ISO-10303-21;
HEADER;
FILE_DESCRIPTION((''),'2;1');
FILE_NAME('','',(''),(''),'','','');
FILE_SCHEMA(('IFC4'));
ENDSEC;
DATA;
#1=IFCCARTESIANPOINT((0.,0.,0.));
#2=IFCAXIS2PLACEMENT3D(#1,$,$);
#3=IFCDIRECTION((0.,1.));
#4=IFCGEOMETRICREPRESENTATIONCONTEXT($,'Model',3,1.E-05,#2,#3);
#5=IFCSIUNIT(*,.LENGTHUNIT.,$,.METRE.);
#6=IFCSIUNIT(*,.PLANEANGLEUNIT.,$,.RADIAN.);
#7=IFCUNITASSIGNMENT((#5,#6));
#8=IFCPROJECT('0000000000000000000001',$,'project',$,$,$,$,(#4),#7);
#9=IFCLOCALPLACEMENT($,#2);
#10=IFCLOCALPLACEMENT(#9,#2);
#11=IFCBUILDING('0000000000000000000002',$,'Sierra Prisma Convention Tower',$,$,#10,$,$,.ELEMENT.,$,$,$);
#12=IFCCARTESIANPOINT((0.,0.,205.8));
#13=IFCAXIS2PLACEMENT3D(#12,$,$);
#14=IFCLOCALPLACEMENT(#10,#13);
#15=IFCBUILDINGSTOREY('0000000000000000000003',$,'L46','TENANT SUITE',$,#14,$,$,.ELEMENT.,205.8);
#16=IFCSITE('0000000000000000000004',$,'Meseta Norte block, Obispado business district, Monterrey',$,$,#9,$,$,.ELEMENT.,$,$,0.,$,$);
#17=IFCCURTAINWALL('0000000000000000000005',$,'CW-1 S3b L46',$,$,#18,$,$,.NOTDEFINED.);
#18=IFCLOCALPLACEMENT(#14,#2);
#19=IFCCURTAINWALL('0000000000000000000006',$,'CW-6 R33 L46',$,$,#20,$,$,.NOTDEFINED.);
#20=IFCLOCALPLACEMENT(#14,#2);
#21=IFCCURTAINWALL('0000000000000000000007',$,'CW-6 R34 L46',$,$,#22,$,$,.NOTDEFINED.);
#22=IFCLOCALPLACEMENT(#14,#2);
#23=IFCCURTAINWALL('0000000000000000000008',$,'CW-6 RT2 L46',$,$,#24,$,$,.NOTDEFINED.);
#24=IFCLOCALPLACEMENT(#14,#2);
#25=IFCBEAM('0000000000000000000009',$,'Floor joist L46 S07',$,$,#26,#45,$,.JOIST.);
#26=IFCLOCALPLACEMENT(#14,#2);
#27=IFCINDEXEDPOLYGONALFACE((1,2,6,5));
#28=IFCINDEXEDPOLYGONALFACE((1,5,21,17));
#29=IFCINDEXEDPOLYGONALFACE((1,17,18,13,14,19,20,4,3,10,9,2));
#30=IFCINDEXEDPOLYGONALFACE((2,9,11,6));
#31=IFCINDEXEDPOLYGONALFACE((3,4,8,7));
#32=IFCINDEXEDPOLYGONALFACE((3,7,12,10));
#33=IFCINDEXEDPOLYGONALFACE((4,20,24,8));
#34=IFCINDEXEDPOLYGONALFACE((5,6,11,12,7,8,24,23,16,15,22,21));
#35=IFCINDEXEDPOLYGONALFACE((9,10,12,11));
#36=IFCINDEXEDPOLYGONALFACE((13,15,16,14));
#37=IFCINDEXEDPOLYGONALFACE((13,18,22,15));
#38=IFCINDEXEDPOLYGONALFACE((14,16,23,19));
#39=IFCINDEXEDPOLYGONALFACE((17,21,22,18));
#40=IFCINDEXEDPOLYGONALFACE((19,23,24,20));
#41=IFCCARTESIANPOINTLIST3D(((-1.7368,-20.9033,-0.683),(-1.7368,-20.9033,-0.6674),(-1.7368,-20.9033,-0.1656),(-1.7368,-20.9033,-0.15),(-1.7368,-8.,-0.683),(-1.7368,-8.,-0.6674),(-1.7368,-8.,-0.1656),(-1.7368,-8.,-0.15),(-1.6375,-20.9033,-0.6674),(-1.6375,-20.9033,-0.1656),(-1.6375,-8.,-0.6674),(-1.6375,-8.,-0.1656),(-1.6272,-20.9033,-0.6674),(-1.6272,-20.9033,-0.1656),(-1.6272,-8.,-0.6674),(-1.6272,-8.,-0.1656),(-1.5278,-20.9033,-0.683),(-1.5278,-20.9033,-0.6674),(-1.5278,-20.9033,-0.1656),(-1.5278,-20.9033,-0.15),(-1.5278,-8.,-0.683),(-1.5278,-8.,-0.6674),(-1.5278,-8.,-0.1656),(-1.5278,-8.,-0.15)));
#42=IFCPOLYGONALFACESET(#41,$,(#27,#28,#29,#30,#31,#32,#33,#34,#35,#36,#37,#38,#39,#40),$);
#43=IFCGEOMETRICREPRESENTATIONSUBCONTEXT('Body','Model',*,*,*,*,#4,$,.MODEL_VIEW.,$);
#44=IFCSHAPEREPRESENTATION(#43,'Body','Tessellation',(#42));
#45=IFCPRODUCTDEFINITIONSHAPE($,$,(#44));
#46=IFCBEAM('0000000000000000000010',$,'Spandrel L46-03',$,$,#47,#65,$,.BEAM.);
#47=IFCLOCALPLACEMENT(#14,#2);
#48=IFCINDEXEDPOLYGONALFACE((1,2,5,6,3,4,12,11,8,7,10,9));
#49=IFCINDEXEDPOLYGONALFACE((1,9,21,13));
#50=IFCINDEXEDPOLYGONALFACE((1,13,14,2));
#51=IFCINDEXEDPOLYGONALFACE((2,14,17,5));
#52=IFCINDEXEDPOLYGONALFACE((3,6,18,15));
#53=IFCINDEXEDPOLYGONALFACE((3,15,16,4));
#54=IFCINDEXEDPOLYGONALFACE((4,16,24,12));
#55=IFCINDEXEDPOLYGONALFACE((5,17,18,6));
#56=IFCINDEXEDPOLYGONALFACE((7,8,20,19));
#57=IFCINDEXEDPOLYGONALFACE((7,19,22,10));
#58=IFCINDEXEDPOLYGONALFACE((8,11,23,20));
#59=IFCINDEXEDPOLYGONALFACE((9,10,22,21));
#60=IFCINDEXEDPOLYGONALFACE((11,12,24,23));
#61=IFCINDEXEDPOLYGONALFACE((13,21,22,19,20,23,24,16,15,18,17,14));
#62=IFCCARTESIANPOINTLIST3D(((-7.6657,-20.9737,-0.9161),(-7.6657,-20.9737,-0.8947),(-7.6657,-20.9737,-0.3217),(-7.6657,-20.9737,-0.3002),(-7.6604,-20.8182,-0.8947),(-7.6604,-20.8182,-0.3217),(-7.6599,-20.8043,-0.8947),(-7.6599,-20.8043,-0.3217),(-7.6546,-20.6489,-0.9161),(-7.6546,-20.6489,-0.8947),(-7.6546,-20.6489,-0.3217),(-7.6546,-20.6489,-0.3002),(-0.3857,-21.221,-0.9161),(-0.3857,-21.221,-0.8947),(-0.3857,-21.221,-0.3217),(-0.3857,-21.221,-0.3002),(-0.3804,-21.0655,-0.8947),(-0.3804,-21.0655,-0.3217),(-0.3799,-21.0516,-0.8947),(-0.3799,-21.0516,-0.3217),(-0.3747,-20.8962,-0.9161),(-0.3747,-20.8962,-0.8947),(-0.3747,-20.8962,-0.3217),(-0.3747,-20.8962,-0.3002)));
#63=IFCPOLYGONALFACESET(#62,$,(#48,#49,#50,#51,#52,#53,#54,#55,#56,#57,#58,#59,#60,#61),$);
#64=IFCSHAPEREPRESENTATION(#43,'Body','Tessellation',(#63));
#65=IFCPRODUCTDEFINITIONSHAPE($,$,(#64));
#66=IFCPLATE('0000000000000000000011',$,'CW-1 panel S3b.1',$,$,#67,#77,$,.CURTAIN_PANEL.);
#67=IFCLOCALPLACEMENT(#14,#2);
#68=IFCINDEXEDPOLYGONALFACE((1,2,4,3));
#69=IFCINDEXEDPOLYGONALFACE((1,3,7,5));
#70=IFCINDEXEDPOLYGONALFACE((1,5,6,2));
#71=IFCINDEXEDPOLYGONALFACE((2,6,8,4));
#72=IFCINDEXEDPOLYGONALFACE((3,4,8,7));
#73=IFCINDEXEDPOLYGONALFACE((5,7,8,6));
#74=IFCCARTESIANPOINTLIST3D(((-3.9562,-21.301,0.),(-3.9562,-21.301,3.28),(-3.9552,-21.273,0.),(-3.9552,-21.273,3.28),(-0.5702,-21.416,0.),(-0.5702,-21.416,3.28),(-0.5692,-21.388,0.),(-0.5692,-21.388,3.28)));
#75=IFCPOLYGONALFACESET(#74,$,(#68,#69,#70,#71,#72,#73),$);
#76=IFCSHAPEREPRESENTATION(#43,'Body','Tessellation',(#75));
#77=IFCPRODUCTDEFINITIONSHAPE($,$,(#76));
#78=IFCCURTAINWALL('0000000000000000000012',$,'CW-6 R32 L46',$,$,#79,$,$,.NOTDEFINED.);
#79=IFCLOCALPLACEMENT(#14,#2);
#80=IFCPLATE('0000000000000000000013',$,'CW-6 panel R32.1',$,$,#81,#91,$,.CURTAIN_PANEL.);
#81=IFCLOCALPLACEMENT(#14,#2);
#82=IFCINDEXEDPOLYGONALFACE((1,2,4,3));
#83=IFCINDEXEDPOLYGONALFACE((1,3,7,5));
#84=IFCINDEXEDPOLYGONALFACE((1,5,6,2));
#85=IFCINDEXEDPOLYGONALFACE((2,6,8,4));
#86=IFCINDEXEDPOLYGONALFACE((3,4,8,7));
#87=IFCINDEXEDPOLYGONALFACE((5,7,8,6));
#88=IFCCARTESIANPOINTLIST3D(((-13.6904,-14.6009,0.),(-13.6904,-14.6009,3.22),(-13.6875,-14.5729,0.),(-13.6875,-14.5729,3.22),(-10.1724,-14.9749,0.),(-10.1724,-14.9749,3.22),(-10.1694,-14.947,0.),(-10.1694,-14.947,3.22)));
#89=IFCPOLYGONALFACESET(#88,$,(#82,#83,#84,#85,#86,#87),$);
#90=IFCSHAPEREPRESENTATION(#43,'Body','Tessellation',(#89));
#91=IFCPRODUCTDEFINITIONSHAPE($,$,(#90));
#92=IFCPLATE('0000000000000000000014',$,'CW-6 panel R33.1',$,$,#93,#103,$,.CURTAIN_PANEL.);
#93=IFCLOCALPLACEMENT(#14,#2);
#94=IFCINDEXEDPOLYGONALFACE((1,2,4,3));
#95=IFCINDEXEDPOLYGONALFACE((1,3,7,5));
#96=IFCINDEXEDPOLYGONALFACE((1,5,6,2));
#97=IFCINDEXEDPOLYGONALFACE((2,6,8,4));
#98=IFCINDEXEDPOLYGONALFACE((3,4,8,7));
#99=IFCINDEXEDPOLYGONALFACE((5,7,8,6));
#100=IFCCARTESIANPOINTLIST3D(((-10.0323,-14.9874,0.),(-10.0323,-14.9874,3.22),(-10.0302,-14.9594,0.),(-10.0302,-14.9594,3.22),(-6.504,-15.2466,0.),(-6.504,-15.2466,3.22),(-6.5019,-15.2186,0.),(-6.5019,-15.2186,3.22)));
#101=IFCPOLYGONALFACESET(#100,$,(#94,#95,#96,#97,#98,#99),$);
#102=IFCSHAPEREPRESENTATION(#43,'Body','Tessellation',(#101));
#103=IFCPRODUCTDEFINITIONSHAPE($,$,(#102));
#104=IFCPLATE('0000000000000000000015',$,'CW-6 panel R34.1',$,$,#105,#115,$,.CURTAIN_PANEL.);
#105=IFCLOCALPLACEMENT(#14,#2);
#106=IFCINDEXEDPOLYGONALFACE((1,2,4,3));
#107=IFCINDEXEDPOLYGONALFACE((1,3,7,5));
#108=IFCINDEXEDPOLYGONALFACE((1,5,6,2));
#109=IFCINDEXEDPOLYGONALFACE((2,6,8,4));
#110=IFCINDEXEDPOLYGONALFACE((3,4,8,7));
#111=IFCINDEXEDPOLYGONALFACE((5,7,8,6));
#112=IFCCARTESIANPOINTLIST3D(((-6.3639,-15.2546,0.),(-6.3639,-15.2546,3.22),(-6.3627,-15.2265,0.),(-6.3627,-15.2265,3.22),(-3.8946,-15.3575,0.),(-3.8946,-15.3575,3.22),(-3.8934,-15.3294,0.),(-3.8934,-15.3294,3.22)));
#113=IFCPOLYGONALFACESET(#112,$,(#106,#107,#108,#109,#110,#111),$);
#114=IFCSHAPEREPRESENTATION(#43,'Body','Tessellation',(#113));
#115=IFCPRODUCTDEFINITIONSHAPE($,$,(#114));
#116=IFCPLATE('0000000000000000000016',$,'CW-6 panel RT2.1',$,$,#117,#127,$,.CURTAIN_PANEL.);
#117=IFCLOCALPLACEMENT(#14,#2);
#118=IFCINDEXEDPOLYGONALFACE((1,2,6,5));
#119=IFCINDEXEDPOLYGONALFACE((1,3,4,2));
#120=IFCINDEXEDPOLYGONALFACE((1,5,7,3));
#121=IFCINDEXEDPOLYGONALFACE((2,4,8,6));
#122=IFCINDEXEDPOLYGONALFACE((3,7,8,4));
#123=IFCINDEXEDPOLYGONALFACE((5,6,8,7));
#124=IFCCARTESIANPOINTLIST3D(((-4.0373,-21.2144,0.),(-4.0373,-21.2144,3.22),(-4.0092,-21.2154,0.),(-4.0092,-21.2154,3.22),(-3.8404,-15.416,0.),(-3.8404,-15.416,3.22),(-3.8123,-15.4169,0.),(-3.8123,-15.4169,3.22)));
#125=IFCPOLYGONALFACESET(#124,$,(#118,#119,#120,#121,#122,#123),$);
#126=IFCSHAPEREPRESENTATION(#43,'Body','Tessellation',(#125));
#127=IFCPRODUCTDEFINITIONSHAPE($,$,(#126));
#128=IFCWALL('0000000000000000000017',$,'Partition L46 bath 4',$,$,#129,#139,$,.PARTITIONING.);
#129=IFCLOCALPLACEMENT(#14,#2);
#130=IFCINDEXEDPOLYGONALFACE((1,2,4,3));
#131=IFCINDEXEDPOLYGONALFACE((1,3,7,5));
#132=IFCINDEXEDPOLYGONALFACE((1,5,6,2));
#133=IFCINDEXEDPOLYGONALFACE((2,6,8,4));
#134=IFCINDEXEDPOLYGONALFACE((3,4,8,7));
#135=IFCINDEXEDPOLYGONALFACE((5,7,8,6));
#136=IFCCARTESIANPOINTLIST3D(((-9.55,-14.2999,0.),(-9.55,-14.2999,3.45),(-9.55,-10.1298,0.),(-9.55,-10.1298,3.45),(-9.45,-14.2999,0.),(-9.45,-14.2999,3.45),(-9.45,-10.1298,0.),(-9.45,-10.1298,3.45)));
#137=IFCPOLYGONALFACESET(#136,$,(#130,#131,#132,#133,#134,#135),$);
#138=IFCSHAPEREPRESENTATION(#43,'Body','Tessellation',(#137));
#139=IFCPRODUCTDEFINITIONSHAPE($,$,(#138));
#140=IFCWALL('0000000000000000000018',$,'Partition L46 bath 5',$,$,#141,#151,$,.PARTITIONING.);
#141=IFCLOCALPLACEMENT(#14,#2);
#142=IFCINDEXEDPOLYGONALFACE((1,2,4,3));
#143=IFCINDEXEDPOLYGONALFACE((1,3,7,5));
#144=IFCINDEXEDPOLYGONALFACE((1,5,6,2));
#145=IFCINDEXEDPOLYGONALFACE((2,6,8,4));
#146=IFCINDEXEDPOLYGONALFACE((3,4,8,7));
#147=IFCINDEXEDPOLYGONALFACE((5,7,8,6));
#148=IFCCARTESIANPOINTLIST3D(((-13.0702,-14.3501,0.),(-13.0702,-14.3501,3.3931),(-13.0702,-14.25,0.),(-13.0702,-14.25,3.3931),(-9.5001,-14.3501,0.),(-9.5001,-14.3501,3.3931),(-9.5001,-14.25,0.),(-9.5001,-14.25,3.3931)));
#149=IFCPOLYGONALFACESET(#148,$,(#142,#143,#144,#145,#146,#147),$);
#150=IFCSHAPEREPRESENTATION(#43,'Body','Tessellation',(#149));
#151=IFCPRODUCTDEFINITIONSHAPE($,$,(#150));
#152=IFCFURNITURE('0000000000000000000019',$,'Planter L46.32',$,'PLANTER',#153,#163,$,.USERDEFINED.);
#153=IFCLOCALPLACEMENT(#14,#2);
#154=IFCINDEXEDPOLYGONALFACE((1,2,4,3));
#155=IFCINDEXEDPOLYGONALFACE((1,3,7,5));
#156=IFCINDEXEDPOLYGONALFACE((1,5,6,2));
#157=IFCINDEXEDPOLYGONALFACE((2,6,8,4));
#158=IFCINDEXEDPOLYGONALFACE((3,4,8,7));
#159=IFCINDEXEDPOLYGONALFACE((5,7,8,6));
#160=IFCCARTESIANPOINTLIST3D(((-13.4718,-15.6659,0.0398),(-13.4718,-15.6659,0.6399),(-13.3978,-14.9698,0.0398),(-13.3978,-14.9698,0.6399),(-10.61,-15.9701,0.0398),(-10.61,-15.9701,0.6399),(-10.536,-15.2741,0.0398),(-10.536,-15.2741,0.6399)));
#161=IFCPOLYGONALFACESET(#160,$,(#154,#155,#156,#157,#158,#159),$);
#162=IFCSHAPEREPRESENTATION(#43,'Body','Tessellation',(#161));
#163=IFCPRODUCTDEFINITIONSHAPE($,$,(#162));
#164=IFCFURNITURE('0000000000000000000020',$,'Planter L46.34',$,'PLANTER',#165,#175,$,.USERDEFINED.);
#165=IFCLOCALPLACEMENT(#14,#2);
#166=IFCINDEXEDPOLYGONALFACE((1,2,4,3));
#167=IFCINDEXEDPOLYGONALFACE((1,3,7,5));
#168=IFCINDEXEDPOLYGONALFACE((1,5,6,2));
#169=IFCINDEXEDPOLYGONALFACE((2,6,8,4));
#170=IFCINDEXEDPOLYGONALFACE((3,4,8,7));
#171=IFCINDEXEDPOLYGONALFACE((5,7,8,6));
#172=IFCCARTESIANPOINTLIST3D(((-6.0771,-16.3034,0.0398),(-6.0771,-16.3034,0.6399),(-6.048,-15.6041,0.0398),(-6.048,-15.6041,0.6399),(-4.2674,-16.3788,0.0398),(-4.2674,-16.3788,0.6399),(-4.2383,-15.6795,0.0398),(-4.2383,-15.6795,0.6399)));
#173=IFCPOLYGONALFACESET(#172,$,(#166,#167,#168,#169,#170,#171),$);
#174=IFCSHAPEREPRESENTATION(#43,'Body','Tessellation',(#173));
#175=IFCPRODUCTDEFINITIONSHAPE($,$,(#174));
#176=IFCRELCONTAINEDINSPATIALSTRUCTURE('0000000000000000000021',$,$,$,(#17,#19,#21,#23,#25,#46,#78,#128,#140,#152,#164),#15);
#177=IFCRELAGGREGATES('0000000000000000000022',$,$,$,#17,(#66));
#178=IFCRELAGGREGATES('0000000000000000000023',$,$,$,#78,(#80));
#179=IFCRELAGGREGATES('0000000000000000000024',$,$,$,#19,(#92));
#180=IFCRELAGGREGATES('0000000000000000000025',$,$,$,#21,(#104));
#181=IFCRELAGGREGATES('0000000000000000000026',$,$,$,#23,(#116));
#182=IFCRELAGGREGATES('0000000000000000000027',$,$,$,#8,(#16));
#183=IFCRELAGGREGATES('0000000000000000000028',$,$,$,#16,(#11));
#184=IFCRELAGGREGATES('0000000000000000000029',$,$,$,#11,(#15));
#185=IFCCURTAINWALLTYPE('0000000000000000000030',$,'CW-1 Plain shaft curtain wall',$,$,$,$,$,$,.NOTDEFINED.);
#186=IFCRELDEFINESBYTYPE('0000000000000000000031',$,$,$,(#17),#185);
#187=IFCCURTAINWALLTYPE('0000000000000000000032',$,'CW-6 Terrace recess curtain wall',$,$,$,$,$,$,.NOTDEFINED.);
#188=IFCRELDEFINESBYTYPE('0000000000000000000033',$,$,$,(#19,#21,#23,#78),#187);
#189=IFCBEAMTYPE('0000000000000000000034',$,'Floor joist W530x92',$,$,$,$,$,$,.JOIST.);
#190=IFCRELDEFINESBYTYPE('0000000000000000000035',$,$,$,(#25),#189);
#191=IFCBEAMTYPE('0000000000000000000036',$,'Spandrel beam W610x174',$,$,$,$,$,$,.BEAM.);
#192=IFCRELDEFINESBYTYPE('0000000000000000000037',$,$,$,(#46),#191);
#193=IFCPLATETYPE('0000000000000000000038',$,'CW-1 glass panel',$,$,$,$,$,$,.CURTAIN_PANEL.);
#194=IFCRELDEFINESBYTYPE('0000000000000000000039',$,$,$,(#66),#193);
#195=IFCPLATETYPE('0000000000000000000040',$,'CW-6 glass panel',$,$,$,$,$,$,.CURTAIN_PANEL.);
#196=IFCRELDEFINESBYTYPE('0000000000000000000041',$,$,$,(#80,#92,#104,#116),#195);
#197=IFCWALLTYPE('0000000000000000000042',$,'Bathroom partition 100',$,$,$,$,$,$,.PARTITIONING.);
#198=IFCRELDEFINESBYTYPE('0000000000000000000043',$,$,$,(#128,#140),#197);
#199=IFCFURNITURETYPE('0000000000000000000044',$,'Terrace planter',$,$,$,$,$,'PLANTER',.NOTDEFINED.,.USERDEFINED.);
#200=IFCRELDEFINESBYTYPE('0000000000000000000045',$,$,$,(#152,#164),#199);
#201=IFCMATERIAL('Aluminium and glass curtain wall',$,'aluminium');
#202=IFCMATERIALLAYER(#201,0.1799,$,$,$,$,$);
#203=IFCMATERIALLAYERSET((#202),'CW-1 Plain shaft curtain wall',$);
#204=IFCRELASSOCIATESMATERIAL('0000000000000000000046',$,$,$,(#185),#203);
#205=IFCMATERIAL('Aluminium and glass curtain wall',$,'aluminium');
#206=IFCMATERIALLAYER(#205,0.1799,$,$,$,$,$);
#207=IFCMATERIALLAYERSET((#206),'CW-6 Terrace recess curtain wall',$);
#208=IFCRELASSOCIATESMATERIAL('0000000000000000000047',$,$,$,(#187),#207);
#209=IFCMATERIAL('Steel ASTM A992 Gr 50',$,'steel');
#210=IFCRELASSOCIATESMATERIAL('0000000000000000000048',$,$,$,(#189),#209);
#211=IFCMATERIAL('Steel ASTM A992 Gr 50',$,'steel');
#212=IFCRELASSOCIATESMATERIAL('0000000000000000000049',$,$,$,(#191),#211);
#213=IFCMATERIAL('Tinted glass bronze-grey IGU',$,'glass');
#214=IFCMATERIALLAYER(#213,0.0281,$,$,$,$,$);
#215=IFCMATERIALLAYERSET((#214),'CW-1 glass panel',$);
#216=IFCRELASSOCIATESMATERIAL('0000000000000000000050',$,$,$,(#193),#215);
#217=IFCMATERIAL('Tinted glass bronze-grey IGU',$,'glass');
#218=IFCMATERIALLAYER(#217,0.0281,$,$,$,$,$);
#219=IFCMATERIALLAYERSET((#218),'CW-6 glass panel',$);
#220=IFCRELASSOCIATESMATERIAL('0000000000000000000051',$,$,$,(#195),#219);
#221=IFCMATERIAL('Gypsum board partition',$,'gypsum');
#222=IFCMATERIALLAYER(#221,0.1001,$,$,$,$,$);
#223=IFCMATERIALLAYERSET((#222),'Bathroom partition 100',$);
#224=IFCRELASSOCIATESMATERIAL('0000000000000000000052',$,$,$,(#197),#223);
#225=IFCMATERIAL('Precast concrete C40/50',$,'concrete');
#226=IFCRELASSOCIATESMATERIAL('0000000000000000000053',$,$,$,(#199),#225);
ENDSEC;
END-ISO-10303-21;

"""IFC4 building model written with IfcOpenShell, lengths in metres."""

from ifc_helpers import new_model, si_unit, direction, frame, frame_2d, origin, origin_2d, place, context, subcontext, project, spatial, rectangle, i_section, extrude, material, layer, layer_set, material_profile, profile_set, type_object, element, aggregate, save


model = new_model("IFC4")

# Units and contexts
model_context = context("Model", 3, precision=1e-05, world=origin(), true_north=direction((0.0, 1.0)))
body_context = subcontext(model_context, "Body", "Model", "MODEL_VIEW")
ifc_project = project(units=[si_unit("LENGTHUNIT", "METRE"), si_unit("PLANEANGLEUNIT", "RADIAN")], contexts=[model_context])

# Site, building, storey
site_placement = place(None, origin())
site = spatial("IfcSite", under=ifc_project, at=site_placement, Name="Meseta Norte block, Obispado business district, Monterrey", CompositionType="ELEMENT", RefElevation=0.0)
building_placement = place(site_placement, origin())
building = spatial("IfcBuilding", under=site, at=building_placement, Name="Sierra Prisma Convention Tower", CompositionType="ELEMENT")
storey_placement = place(building_placement, frame((0.0, 0.0, 205.8)))
storey = spatial("IfcBuildingStorey", under=building, at=storey_placement, Name="L46", Description="TENANT SUITE", CompositionType="ELEMENT", Elevation=205.8)

# Curtain walls
ifc_material_1 = material(Name="Aluminium and glass curtain wall", Category="aluminium")
ifc_layer_1 = layer(ifc_material_1, 0.1799)
ifc_layer_set_1 = layer_set([ifc_layer_1], Name="CW-1 Plain shaft curtain wall")
curtain_wall_type_1 = type_object("IfcCurtainWallType", Name="CW-1 Plain shaft curtain wall", PredefinedType="NOTDEFINED", material=ifc_layer_set_1)
curtain_wall_1_placement = place(storey_placement, origin())
curtain_wall_1 = element("IfcCurtainWall", 1, at=curtain_wall_1_placement, inside=storey, type_object=curtain_wall_type_1, Name="CW-1 S3b L46", PredefinedType="NOTDEFINED")
ifc_material_2 = material(Name="Aluminium and glass curtain wall", Category="aluminium")
ifc_layer_2 = layer(ifc_material_2, 0.1799)
ifc_layer_set_2 = layer_set([ifc_layer_2], Name="CW-6 Terrace recess curtain wall")
curtain_wall_type_2 = type_object("IfcCurtainWallType", Name="CW-6 Terrace recess curtain wall", PredefinedType="NOTDEFINED", material=ifc_layer_set_2)
curtain_wall_2_placement = place(storey_placement, origin())
curtain_wall_2 = element("IfcCurtainWall", 2, at=curtain_wall_2_placement, inside=storey, type_object=curtain_wall_type_2, Name="CW-6 R33 L46", PredefinedType="NOTDEFINED")

# Curtain wall
curtain_wall_3_placement = place(storey_placement, origin())
curtain_wall_3 = element("IfcCurtainWall", 3, at=curtain_wall_3_placement, inside=storey, type_object=curtain_wall_type_2, Name="CW-6 R34 L46", PredefinedType="NOTDEFINED")

# Curtain wall
curtain_wall_4_placement = place(storey_placement, origin())
curtain_wall_4 = element("IfcCurtainWall", 4, at=curtain_wall_4_placement, inside=storey, type_object=curtain_wall_type_2, Name="CW-6 RT2 L46", PredefinedType="NOTDEFINED")

# Beams
ifc_material_3 = material(Name="Steel ASTM A992 Gr 50", Category="steel")
ifc_material_profile_1 = material_profile(ifc_material_3, i_section(OverallWidth=0.209, OverallDepth=0.533, WebThickness=0.0103, FlangeThickness=0.0156, at=origin_2d()), Name="W530x92")
ifc_profile_set_1 = profile_set([ifc_material_profile_1], Name="Steel ASTM A992 Gr 50")
beam_type_1 = type_object("IfcBeamType", Name="Floor joist W530x92", PredefinedType="JOIST", material=ifc_profile_set_1)
beam_1_placement = place(storey_placement, frame((-1.6323, -20.9033, -0.4165), z_axis=(0.0, 1.0, 0.0), x_axis=(-1.0, 0.0, 0.0)))
element("IfcBeam", 5, at=beam_1_placement, inside=storey, type_object=beam_type_1, Name="Floor joist L46 S07", PredefinedType="JOIST", context=body_context, shape_type="SweptSolid", body=[
    extrude(i_section(OverallWidth=0.209, OverallDepth=0.533, WebThickness=0.0103, FlangeThickness=0.0156, at=origin_2d()), origin(), (0.0, 0.0, 1.0), 12.9033),
])
ifc_material_4 = material(Name="Steel ASTM A992 Gr 50", Category="steel")
ifc_material_profile_2 = material_profile(ifc_material_4, i_section(OverallWidth=0.325, OverallDepth=0.616, WebThickness=0.0139, FlangeThickness=0.0215, at=origin_2d()), Name="W610x174")
ifc_profile_set_2 = profile_set([ifc_material_profile_2], Name="Steel ASTM A992 Gr 50")
beam_type_2 = type_object("IfcBeamType", Name="Spandrel beam W610x174", PredefinedType="BEAM", material=ifc_profile_set_2)
beam_2_placement = place(storey_placement, frame((-7.6602, -20.8113, -0.6082), z_axis=(0.999423, -0.033952, 0.0), x_axis=(0.033952, 0.999423, 0.0)))
element("IfcBeam", 6, at=beam_2_placement, inside=storey, type_object=beam_type_2, Name="Spandrel L46-03", PredefinedType="BEAM", context=body_context, shape_type="SweptSolid", body=[
    extrude(i_section(OverallWidth=0.325, OverallDepth=0.616, WebThickness=0.0139, FlangeThickness=0.0215, at=origin_2d()), origin(), (0.0, 0.0, 1.0), 7.2842),
])

# Plate
ifc_material_5 = material(Name="Tinted glass bronze-grey IGU", Category="glass")
ifc_layer_3 = layer(ifc_material_5, 0.0281)
ifc_layer_set_3 = layer_set([ifc_layer_3], Name="CW-1 glass panel")
plate_type_1 = type_object("IfcPlateType", Name="CW-1 glass panel", PredefinedType="CURTAIN_PANEL", material=ifc_layer_set_3)
plate_1_placement = place(storey_placement, frame((-2.2627, -21.3445, 0.0), z_axis=(0.0, 0.0, 1.0), x_axis=(0.999424, -0.033943, 0.0)))
plate_1 = element("IfcPlate", 7, at=plate_1_placement, type_object=plate_type_1, Name="CW-1 panel S3b.1", PredefinedType="CURTAIN_PANEL", context=body_context, shape_type="SweptSolid", body=[
    extrude(rectangle(XDim=3.3879, YDim=0.0281, at=origin_2d()), origin(), (0.0, 0.0, 1.0), 3.28),
])
aggregate(curtain_wall_1, [plate_1])

# Curtain wall, plate
curtain_wall_5_placement = place(storey_placement, origin())
curtain_wall_5 = element("IfcCurtainWall", 8, at=curtain_wall_5_placement, inside=storey, type_object=curtain_wall_type_2, Name="CW-6 R32 L46", PredefinedType="NOTDEFINED")
ifc_material_6 = material(Name="Tinted glass bronze-grey IGU", Category="glass")
ifc_layer_4 = layer(ifc_material_6, 0.0281)
ifc_layer_set_4 = layer_set([ifc_layer_4], Name="CW-6 glass panel")
plate_type_2 = type_object("IfcPlateType", Name="CW-6 glass panel", PredefinedType="CURTAIN_PANEL", material=ifc_layer_set_4)
plate_2_placement = place(storey_placement, frame((-11.9299, -14.7739, 0.0), z_axis=(0.0, 0.0, 1.0), x_axis=(0.994395, -0.105724, 0.0)))
plate_2 = element("IfcPlate", 9, at=plate_2_placement, type_object=plate_type_2, Name="CW-6 panel R32.1", PredefinedType="CURTAIN_PANEL", context=body_context, shape_type="SweptSolid", body=[
    extrude(rectangle(XDim=3.5378, YDim=0.0281, at=origin_2d()), origin(), (0.0, 0.0, 1.0), 3.22),
])
aggregate(curtain_wall_5, [plate_2])

# Plates
plate_3_placement = place(storey_placement, frame((-8.2671, -15.103, 0.0), z_axis=(0.0, 0.0, 1.0), x_axis=(0.997312, -0.073265, 0.0)))
plate_3 = element("IfcPlate", 10, at=plate_3_placement, type_object=plate_type_2, Name="CW-6 panel R33.1", PredefinedType="CURTAIN_PANEL", context=body_context, shape_type="SweptSolid", body=[
    extrude(rectangle(XDim=3.5378, YDim=0.0281, at=origin_2d()), origin(), (0.0, 0.0, 1.0), 3.22),
])
aggregate(curtain_wall_2, [plate_3])
plate_4_placement = place(storey_placement, frame((-5.1287, -15.292, 0.0), z_axis=(0.0, 0.0, 1.0), x_axis=(0.999132, -0.041645, 0.0)))
plate_4 = element("IfcPlate", 11, at=plate_4_placement, type_object=plate_type_2, Name="CW-6 panel R34.1", PredefinedType="CURTAIN_PANEL", context=body_context, shape_type="SweptSolid", body=[
    extrude(rectangle(XDim=2.4714, YDim=0.0281, at=origin_2d()), origin(), (0.0, 0.0, 1.0), 3.22),
])
aggregate(curtain_wall_3, [plate_4])
plate_5_placement = place(storey_placement, frame((-3.9248, -18.3157, 0.0), z_axis=(0.0, 0.0, 1.0), x_axis=(-0.033943, -0.999424, 0.0)))
plate_5 = element("IfcPlate", 12, at=plate_5_placement, type_object=plate_type_2, Name="CW-6 panel RT2.1", PredefinedType="CURTAIN_PANEL", context=body_context, shape_type="SweptSolid", body=[
    extrude(rectangle(XDim=5.8018, YDim=0.0281, at=origin_2d()), origin(), (0.0, 0.0, 1.0), 3.22),
])
aggregate(curtain_wall_4, [plate_5])

# Walls
ifc_material_7 = material(Name="Gypsum board partition", Category="gypsum")
ifc_layer_5 = layer(ifc_material_7, 0.1001)
ifc_layer_set_5 = layer_set([ifc_layer_5], Name="Bathroom partition 100")
wall_type_1 = type_object("IfcWallType", Name="Bathroom partition 100", PredefinedType="PARTITIONING", material=ifc_layer_set_5)
wall_1_placement = place(storey_placement, frame((-9.5, -10.1299, 0.0), z_axis=(0.0, 0.0, 1.0), x_axis=(0.0, -1.0, 0.0)))
element("IfcWall", 13, at=wall_1_placement, inside=storey, type_object=wall_type_1, Name="Partition L46 bath 4", PredefinedType="PARTITIONING", context=body_context, shape_type="SweptSolid", body=[
    extrude(rectangle(XDim=4.1702, YDim=0.1001, at=frame_2d((2.085, 0.0))), origin(), (0.0, 0.0, 1.0), 3.45),
])
wall_2_placement = place(storey_placement, frame((-9.5, -14.3, 0.0), z_axis=(0.0, 0.0, 1.0), x_axis=(-1.0, 0.0, 0.0)))
element("IfcWall", 14, at=wall_2_placement, inside=storey, type_object=wall_type_1, Name="Partition L46 bath 5", PredefinedType="PARTITIONING", context=body_context, shape_type="SweptSolid", body=[
    extrude(rectangle(XDim=3.5701, YDim=0.1001, at=frame_2d((1.7852, 0.0))), origin(), (0.0, 0.0, 1.0), 3.3931),
])

# Furniture
ifc_material_8 = material(Name="Precast concrete C40/50", Category="concrete")
furniture_type = type_object("IfcFurnitureType", Name="Terrace planter", ElementType="PLANTER", AssemblyPlace="NOTDEFINED", PredefinedType="USERDEFINED", material=ifc_material_8)
furniture_1_placement = place(storey_placement, frame((-12.0039, -15.47, 0.0398), z_axis=(0.0, 0.0, 1.0), x_axis=(0.994395, -0.105724, 0.0)))
element("IfcFurniture", 15, at=furniture_1_placement, inside=storey, type_object=furniture_type, Name="Planter L46.32", ObjectType="PLANTER", PredefinedType="USERDEFINED", context=body_context, shape_type="SweptSolid", body=[
    extrude(rectangle(XDim=2.8779, YDim=0.7, at=origin_2d()), origin(), (0.0, 0.0, 1.0), 0.6001),
])
furniture_2_placement = place(storey_placement, frame((-5.1577, -15.9915, 0.0398), z_axis=(0.0, 0.0, 1.0), x_axis=(0.999132, -0.041645, 0.0)))
element("IfcFurniture", 16, at=furniture_2_placement, inside=storey, type_object=furniture_type, Name="Planter L46.34", ObjectType="PLANTER", PredefinedType="USERDEFINED", context=body_context, shape_type="SweptSolid", body=[
    extrude(rectangle(XDim=1.8113, YDim=0.7, at=origin_2d()), origin(), (0.0, 0.0, 1.0), 0.6001),
])

save(model, "model.ifc")
